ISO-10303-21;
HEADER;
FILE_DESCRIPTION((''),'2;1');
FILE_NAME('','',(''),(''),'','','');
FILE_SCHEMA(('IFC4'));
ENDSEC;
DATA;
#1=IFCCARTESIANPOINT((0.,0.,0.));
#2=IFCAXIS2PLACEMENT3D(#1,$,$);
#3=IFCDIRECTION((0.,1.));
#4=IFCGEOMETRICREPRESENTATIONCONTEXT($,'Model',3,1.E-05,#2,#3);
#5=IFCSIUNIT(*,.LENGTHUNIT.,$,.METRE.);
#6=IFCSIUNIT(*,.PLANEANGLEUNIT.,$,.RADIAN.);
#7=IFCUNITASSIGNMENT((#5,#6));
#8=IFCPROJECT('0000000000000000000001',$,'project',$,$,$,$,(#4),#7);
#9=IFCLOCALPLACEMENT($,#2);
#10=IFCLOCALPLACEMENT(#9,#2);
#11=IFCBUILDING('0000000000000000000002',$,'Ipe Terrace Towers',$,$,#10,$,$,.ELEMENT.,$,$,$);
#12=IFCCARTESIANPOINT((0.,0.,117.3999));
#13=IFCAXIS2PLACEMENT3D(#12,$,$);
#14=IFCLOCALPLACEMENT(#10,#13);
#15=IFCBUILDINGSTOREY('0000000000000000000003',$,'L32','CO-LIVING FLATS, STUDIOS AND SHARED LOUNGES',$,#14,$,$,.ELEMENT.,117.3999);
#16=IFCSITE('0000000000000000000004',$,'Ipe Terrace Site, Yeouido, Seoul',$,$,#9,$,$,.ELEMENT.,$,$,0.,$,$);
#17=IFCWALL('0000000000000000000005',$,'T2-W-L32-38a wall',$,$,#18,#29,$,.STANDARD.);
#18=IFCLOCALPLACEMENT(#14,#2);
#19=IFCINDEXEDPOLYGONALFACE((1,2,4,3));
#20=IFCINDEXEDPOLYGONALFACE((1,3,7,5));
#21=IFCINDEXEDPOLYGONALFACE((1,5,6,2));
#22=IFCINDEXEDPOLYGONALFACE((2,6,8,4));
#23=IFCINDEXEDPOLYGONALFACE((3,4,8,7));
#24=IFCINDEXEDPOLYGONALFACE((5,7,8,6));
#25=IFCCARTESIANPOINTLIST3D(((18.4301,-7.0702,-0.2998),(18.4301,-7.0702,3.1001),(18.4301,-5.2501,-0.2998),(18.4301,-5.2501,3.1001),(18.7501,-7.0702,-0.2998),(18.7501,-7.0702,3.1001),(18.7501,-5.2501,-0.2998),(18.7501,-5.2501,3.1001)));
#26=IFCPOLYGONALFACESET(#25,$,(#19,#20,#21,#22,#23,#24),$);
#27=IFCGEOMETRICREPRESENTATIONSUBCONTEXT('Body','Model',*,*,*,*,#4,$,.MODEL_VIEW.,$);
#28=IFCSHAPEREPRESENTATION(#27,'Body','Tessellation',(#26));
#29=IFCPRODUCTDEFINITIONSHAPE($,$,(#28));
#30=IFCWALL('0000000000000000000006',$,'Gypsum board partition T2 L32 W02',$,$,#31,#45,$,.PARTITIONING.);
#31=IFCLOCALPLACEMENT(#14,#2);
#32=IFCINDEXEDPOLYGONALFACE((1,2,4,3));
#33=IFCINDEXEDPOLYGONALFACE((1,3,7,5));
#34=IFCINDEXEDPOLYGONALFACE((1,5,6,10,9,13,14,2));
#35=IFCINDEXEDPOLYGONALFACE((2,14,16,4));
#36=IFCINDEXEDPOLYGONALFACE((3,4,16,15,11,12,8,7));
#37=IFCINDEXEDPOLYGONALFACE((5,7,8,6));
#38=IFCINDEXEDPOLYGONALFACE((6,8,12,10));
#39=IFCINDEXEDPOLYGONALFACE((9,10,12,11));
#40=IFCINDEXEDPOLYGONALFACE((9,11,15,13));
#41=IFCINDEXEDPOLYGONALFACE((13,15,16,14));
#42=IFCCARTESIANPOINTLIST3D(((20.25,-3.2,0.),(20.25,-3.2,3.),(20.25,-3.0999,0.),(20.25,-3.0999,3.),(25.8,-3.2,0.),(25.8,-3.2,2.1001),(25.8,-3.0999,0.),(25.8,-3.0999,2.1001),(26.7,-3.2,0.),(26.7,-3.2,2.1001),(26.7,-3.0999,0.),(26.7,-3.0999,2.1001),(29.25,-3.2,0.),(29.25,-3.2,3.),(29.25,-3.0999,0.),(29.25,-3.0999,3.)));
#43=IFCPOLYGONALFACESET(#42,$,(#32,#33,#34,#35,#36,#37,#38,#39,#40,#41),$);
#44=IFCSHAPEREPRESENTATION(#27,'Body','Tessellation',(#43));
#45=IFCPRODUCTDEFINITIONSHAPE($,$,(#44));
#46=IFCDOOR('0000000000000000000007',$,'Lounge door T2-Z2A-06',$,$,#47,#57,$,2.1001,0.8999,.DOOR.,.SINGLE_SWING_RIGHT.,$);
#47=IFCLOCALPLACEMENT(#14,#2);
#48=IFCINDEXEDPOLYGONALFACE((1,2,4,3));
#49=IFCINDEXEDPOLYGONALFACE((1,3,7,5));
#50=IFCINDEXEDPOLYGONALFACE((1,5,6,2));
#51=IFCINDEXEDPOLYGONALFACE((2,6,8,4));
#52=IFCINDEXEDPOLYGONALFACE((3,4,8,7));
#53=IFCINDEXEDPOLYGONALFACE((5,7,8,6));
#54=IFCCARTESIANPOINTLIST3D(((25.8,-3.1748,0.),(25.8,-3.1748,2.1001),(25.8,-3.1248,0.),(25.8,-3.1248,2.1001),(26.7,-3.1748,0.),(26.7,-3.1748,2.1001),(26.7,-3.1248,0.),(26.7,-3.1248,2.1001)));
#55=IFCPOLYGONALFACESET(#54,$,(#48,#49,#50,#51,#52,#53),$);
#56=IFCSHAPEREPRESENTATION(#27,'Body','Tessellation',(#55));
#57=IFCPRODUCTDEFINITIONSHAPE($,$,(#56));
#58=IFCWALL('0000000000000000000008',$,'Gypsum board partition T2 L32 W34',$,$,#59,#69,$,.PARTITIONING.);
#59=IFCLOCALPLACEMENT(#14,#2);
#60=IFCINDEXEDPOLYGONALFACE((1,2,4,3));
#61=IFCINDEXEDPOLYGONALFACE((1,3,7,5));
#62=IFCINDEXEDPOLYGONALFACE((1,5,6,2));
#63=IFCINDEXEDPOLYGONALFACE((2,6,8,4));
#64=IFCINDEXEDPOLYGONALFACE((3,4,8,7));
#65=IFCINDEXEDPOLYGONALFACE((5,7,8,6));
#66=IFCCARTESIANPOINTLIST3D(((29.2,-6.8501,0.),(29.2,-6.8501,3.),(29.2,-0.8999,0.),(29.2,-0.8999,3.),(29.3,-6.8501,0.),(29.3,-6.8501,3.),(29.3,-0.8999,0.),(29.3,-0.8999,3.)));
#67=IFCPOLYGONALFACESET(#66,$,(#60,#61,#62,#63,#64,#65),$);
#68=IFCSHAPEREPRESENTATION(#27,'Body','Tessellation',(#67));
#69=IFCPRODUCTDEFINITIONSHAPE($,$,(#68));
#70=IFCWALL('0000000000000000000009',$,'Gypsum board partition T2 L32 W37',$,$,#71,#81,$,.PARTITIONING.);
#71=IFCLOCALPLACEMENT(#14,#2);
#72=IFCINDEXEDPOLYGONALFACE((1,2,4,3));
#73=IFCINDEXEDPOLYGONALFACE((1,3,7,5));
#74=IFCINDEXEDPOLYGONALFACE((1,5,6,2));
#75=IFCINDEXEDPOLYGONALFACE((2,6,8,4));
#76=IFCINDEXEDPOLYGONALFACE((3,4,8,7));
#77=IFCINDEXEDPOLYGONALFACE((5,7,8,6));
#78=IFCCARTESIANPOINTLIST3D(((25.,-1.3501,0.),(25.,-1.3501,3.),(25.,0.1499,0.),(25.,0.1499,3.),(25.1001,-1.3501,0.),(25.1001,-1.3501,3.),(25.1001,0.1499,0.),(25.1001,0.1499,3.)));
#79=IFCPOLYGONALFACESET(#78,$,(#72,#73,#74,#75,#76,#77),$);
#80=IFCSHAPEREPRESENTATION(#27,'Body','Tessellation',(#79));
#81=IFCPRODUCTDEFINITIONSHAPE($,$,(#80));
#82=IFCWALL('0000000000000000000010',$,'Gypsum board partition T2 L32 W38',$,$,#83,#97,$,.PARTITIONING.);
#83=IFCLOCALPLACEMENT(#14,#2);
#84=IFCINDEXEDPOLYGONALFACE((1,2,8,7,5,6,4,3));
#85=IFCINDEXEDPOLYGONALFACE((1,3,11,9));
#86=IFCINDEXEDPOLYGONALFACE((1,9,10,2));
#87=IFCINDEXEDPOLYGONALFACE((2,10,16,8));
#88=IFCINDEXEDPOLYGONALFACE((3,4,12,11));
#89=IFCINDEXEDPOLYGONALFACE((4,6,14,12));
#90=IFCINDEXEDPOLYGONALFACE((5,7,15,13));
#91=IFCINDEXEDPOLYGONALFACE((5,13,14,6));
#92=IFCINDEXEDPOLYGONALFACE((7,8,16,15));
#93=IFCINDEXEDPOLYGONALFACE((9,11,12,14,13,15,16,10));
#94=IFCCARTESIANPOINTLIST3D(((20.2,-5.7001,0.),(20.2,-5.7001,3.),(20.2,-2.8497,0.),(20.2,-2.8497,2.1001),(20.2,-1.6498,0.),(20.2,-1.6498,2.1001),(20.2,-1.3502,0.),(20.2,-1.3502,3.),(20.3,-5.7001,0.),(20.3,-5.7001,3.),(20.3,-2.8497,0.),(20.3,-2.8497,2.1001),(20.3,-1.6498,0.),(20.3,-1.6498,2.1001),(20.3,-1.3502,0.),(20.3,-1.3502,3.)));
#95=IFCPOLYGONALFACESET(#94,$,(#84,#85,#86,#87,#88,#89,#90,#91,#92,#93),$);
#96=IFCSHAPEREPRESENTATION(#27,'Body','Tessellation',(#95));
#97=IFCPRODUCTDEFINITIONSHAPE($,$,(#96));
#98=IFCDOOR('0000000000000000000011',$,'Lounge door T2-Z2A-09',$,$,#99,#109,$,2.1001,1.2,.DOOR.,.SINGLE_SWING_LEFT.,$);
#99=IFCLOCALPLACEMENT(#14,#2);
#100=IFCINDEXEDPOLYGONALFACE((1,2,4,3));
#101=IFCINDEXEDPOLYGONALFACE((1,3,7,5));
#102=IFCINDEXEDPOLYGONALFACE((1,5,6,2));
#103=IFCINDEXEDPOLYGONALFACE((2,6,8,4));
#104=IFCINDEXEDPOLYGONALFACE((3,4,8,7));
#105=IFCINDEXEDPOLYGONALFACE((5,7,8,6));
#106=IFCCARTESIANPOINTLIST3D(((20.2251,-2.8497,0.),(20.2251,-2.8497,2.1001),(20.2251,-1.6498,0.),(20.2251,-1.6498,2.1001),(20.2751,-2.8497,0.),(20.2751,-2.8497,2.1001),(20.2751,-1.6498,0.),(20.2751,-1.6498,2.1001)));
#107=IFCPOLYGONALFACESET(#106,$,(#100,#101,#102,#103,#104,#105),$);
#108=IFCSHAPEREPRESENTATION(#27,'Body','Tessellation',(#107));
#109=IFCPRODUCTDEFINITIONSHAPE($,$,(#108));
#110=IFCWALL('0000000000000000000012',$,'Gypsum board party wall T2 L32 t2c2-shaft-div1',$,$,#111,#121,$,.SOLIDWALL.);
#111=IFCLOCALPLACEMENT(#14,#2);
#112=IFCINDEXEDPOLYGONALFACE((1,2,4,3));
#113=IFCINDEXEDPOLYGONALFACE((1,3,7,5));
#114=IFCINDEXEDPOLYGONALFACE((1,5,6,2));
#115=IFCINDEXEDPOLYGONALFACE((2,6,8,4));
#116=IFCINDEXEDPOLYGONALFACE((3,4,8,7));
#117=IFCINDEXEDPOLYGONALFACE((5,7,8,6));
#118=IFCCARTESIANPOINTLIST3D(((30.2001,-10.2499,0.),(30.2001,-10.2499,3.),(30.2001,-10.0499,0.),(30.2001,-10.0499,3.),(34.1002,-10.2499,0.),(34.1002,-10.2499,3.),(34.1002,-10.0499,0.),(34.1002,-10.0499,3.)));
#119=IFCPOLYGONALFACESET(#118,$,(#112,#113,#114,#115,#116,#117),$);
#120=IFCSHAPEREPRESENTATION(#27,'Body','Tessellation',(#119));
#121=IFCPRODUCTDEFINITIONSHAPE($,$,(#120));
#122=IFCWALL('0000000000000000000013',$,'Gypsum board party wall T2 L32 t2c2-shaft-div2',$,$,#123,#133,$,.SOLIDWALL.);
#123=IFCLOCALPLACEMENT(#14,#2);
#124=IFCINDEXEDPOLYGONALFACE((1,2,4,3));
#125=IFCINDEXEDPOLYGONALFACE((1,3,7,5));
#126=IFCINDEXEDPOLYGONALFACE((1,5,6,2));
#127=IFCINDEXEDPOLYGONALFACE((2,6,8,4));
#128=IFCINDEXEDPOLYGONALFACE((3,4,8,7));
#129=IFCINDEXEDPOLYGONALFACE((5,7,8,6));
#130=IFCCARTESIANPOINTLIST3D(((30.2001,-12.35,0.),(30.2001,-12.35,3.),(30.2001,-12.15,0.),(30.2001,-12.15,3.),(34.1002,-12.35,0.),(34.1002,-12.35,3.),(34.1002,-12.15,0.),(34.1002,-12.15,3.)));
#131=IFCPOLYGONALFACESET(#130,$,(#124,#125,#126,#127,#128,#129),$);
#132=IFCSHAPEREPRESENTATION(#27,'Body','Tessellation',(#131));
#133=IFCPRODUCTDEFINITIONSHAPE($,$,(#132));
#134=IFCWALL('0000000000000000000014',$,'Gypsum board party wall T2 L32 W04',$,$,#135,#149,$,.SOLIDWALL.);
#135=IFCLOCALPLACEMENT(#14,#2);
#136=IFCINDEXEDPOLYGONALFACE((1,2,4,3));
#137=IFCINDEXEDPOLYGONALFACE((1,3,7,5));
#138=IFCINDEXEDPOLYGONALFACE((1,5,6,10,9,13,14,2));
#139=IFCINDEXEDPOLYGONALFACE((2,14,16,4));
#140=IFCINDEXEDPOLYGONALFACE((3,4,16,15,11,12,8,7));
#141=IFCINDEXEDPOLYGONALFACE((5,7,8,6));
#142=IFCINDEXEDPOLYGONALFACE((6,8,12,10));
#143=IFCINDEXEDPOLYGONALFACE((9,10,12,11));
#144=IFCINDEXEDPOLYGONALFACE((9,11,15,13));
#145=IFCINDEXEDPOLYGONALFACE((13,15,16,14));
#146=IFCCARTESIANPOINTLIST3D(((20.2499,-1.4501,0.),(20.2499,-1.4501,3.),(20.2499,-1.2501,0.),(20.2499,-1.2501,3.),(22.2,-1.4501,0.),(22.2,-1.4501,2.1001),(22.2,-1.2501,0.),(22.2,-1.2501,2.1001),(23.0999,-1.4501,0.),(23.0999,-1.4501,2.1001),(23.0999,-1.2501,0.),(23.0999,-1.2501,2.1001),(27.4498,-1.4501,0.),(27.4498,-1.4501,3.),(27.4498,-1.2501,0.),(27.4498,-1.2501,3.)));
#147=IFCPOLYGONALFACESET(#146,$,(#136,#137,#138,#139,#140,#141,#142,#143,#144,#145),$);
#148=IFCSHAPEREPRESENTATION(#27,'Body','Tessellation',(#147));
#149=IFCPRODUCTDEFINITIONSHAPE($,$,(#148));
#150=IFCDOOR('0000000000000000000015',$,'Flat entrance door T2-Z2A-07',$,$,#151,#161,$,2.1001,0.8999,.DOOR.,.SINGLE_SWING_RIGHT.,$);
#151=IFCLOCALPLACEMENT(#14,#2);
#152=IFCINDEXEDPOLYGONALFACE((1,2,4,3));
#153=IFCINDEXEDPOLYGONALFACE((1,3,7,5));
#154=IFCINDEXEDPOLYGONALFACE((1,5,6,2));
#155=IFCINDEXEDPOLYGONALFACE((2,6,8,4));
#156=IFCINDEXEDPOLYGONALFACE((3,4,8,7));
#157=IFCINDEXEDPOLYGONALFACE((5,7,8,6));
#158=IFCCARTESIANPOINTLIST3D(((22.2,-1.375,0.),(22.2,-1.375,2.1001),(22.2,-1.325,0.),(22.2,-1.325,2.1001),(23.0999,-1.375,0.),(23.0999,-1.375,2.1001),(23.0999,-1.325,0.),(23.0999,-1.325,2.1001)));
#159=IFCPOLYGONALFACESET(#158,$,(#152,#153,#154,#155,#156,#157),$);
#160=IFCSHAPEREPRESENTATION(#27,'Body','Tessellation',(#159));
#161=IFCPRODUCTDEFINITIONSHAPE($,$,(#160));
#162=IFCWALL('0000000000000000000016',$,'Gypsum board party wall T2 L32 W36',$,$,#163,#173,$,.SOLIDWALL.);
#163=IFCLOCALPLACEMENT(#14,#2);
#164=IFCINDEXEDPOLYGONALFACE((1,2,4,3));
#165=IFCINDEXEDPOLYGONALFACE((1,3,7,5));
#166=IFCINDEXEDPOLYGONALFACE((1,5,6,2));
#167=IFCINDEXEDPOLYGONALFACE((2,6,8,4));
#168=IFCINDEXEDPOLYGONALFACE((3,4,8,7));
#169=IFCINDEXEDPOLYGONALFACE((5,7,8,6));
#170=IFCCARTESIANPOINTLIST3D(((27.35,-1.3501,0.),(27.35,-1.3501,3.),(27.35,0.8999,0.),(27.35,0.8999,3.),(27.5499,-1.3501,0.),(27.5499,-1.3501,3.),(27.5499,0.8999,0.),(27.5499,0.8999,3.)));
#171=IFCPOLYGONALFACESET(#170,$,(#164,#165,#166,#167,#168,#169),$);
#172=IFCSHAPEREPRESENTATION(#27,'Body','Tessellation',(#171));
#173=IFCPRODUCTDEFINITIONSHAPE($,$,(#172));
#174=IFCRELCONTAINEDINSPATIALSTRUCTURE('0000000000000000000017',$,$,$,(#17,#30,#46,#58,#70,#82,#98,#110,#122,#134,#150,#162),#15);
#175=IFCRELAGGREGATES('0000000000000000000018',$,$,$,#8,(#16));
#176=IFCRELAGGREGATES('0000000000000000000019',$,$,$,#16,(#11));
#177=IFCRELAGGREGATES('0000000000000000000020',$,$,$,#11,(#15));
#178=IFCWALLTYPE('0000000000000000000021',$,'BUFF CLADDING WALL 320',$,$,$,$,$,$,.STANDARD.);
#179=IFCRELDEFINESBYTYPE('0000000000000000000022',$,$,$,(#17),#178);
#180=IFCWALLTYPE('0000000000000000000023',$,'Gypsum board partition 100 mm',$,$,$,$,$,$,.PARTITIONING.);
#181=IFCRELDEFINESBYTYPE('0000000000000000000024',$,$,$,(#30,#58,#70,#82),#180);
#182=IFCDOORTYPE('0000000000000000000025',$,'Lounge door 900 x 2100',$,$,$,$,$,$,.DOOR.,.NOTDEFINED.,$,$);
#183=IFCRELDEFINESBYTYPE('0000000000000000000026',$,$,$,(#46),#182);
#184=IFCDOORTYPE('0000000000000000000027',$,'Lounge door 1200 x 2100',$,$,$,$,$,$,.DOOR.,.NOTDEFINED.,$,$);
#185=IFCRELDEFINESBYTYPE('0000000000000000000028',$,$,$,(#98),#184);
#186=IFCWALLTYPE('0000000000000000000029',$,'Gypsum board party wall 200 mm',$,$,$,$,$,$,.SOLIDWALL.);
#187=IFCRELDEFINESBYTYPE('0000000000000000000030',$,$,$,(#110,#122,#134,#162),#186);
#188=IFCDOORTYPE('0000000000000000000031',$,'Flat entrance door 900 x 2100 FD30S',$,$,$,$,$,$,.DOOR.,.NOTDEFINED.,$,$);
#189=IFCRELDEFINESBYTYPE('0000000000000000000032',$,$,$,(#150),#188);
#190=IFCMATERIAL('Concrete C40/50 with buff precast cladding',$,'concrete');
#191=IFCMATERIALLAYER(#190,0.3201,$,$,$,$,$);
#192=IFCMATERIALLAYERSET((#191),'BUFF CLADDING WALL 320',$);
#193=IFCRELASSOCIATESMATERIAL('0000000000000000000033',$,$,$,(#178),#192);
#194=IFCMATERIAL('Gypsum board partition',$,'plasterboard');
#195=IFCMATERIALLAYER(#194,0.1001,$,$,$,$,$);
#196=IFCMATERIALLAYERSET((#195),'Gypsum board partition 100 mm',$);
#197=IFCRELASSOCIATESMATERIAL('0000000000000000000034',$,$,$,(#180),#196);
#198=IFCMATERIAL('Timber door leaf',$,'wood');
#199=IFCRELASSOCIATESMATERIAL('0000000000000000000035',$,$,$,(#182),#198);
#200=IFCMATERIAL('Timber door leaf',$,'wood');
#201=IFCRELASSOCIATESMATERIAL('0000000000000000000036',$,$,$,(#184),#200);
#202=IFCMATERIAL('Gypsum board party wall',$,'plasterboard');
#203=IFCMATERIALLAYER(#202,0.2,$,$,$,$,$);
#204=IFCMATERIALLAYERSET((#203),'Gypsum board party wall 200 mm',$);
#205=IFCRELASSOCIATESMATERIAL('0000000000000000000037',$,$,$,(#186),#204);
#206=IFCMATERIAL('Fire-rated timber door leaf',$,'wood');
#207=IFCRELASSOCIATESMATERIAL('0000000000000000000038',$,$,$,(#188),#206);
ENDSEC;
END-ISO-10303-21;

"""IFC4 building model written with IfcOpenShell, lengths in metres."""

from ifc_helpers import new_model, si_unit, direction, frame, frame_2d, origin, place, context, subcontext, project, spatial, rectangle, extrude, material, layer, layer_set, type_object, element, fill, save


model = new_model("IFC4")

# Units and contexts
model_context = context("Model", 3, precision=1e-05, world=origin(), true_north=direction((0.0, 1.0)))
body_context = subcontext(model_context, "Body", "Model", "MODEL_VIEW")
ifc_project = project(units=[si_unit("LENGTHUNIT", "METRE"), si_unit("PLANEANGLEUNIT", "RADIAN")], contexts=[model_context])

# Site, building, storey
site_placement = place(None, origin())
site = spatial("IfcSite", under=ifc_project, at=site_placement, Name="Ipe Terrace Site, Yeouido, Seoul", CompositionType="ELEMENT", RefElevation=0.0)
building_placement = place(site_placement, origin())
building = spatial("IfcBuilding", under=site, at=building_placement, Name="Ipe Terrace Towers", CompositionType="ELEMENT")
storey_placement = place(building_placement, frame((0.0, 0.0, 117.3999)))
storey = spatial("IfcBuildingStorey", under=building, at=storey_placement, Name="L32", Description="CO-LIVING FLATS, STUDIOS AND SHARED LOUNGES", CompositionType="ELEMENT", Elevation=117.3999)

# Wall
ifc_material_1 = material(Name="Concrete C40/50 with buff precast cladding", Category="concrete")
ifc_layer_1 = layer(ifc_material_1, 0.3201)
ifc_layer_set_1 = layer_set([ifc_layer_1], Name="BUFF CLADDING WALL 320")
wall_type_1 = type_object("IfcWallType", Name="BUFF CLADDING WALL 320", PredefinedType="STANDARD", material=ifc_layer_set_1)
wall_1_placement = place(storey_placement, frame((18.5901, -5.25, -0.2998), z_axis=(0.0, 0.0, 1.0), x_axis=(0.0, -1.0, 0.0)))
element("IfcWall", 1, at=wall_1_placement, inside=storey, type_object=wall_type_1, Name="T2-W-L32-38a wall", PredefinedType="STANDARD", context=body_context, shape_type="SweptSolid", body=[
    extrude(rectangle(XDim=1.8201, YDim=0.3201, at=frame_2d((0.9102, 0.0))), origin(), (0.0, 0.0, 1.0), 3.3999),
])

# Wall, opening, door
ifc_material_2 = material(Name="Gypsum board partition", Category="plasterboard")
ifc_layer_2 = layer(ifc_material_2, 0.1001)
ifc_layer_set_2 = layer_set([ifc_layer_2], Name="Gypsum board partition 100 mm")
wall_type_2 = type_object("IfcWallType", Name="Gypsum board partition 100 mm", PredefinedType="PARTITIONING", material=ifc_layer_set_2)
wall_2_placement = place(storey_placement, frame((29.25, -3.1499, 0.0), z_axis=(0.0, 0.0, 1.0), x_axis=(-1.0, 0.0, 0.0)))
wall_2 = element("IfcWall", 2, at=wall_2_placement, inside=storey, type_object=wall_type_2, Name="Gypsum board partition T2 L32 W02", PredefinedType="PARTITIONING", context=body_context, shape_type="SweptSolid", body=[
    extrude(rectangle(XDim=9.0, YDim=0.1001, at=frame_2d((4.5, 0.0))), origin(), (0.0, 0.0, 1.0), 3.0),
])
opening_1_placement = place(wall_2_placement, frame((2.55, 0.0, 0.0)))
opening_1 = element("IfcOpeningElement", 3, at=opening_1_placement, cuts=wall_2, PredefinedType="OPENING", context=body_context, shape_type="SweptSolid", body=[
    extrude(rectangle(XDim=0.8999, YDim=2.1001, at=frame_2d((0.45, 1.05))), frame((0.0, 0.0601, 0.0), z_axis=(0.0, -1.0, 0.0), x_axis=(1.0, 0.0, 0.0)), (0.0, 0.0, 1.0), 0.1201),
])
ifc_material_3 = material(Name="Timber door leaf", Category="wood")
door_type_1 = type_object("IfcDoorType", Name="Lounge door 900 x 2100", OperationType="NOTDEFINED", PredefinedType="DOOR", material=ifc_material_3)
door_1_placement = place(opening_1_placement, origin())
door_1 = element("IfcDoor", 4, at=door_1_placement, inside=storey, type_object=door_type_1, Name="Lounge door T2-Z2A-06", OperationType="SINGLE_SWING_RIGHT", OverallHeight=2.1001, OverallWidth=0.8999, PredefinedType="DOOR", context=body_context, shape_type="SweptSolid", body=[
    extrude(rectangle(XDim=0.8999, YDim=2.1001, at=frame_2d((0.45, 1.05))), frame((0.0, 0.0249, 0.0), z_axis=(0.0, -1.0, 0.0), x_axis=(1.0, 0.0, 0.0)), (0.0, 0.0, 1.0), 0.05),
])
fill(opening_1, door_1)

# Walls
wall_3_placement = place(storey_placement, frame((29.25, -6.8501, 0.0), z_axis=(0.0, 0.0, 1.0), x_axis=(0.0, 1.0, 0.0)))
element("IfcWall", 5, at=wall_3_placement, inside=storey, type_object=wall_type_2, Name="Gypsum board partition T2 L32 W34", PredefinedType="PARTITIONING", context=body_context, shape_type="SweptSolid", body=[
    extrude(rectangle(XDim=5.9502, YDim=0.1001, at=frame_2d((2.9751, 0.0))), origin(), (0.0, 0.0, 1.0), 3.0),
])
wall_4_placement = place(storey_placement, frame((25.05, -1.3501, 0.0), z_axis=(0.0, 0.0, 1.0), x_axis=(0.0, 1.0, 0.0)))
element("IfcWall", 6, at=wall_4_placement, inside=storey, type_object=wall_type_2, Name="Gypsum board partition T2 L32 W37", PredefinedType="PARTITIONING", context=body_context, shape_type="SweptSolid", body=[
    extrude(rectangle(XDim=1.5, YDim=0.1001, at=frame_2d((0.75, 0.0))), origin(), (0.0, 0.0, 1.0), 3.0),
])

# Wall, opening, door
wall_5_placement = place(storey_placement, frame((20.25, -5.7, 0.0), z_axis=(0.0, 0.0, 1.0), x_axis=(0.0, 1.0, 0.0)))
wall_5 = element("IfcWall", 7, at=wall_5_placement, inside=storey, type_object=wall_type_2, Name="Gypsum board partition T2 L32 W38", PredefinedType="PARTITIONING", context=body_context, shape_type="SweptSolid", body=[
    extrude(rectangle(XDim=4.3499, YDim=0.1001, at=frame_2d((2.1748, 0.0))), origin(), (0.0, 0.0, 1.0), 3.0),
])
opening_2_placement = place(wall_5_placement, frame((2.8501, 0.0, 0.0)))
opening_2 = element("IfcOpeningElement", 8, at=opening_2_placement, cuts=wall_5, PredefinedType="OPENING", context=body_context, shape_type="SweptSolid", body=[
    extrude(rectangle(XDim=1.2, YDim=2.1001, at=frame_2d((0.6001, 1.05))), frame((0.0, 0.0601, 0.0), z_axis=(0.0, -1.0, 0.0), x_axis=(1.0, 0.0, 0.0)), (0.0, 0.0, 1.0), 0.1201),
])
ifc_material_4 = material(Name="Timber door leaf", Category="wood")
door_type_2 = type_object("IfcDoorType", Name="Lounge door 1200 x 2100", OperationType="NOTDEFINED", PredefinedType="DOOR", material=ifc_material_4)
door_2_placement = place(opening_2_placement, origin())
door_2 = element("IfcDoor", 9, at=door_2_placement, inside=storey, type_object=door_type_2, Name="Lounge door T2-Z2A-09", OperationType="SINGLE_SWING_LEFT", OverallHeight=2.1001, OverallWidth=1.2, PredefinedType="DOOR", context=body_context, shape_type="SweptSolid", body=[
    extrude(rectangle(XDim=1.2, YDim=2.1001, at=frame_2d((0.6001, 1.05))), frame((0.0, 0.0249, 0.0), z_axis=(0.0, -1.0, 0.0), x_axis=(1.0, 0.0, 0.0)), (0.0, 0.0, 1.0), 0.05),
])
fill(opening_2, door_2)

# Walls
ifc_material_5 = material(Name="Gypsum board party wall", Category="plasterboard")
ifc_layer_3 = layer(ifc_material_5, 0.2)
ifc_layer_set_3 = layer_set([ifc_layer_3], Name="Gypsum board party wall 200 mm")
wall_type_3 = type_object("IfcWallType", Name="Gypsum board party wall 200 mm", PredefinedType="SOLIDWALL", material=ifc_layer_set_3)
for number, where, z_axis, x_axis, name in (
    (10, (30.2, -10.1499, 0.0), (0.0, 0.0, 1.0), (1.0, 0.0, 0.0), "Gypsum board party wall T2 L32 t2c2-shaft-div1"),
    (11, (30.2, -12.25, 0.0), (0.0, 0.0, 1.0), (1.0, 0.0, 0.0), "Gypsum board party wall T2 L32 t2c2-shaft-div2"),
):
    element("IfcWall", number, at=place(storey_placement, frame(where, z_axis=z_axis, x_axis=x_axis)), inside=storey, type_object=wall_type_3, Name=name, PredefinedType="SOLIDWALL", context=body_context, shape_type="SweptSolid", body=[
        extrude(rectangle(XDim=3.9001, YDim=0.2, at=frame_2d((1.9502, 0.0))), origin(), (0.0, 0.0, 1.0), 3.0),
    ])

# Wall, opening, door
wall_6_placement = place(storey_placement, frame((27.45, -1.3501, 0.0), z_axis=(0.0, 0.0, 1.0), x_axis=(-1.0, 0.0, 0.0)))
wall_6 = element("IfcWall", 12, at=wall_6_placement, inside=storey, type_object=wall_type_3, Name="Gypsum board party wall T2 L32 W04", PredefinedType="SOLIDWALL", context=body_context, shape_type="SweptSolid", body=[
    extrude(rectangle(XDim=7.2, YDim=0.2, at=frame_2d((3.6001, 0.0))), origin(), (0.0, 0.0, 1.0), 3.0),
])
opening_3_placement = place(wall_6_placement, frame((4.3501, 0.0, 0.0)))
opening_3 = element("IfcOpeningElement", 13, at=opening_3_placement, cuts=wall_6, PredefinedType="OPENING", context=body_context, shape_type="SweptSolid", body=[
    extrude(rectangle(XDim=0.8999, YDim=2.1001, at=frame_2d((0.45, 1.05))), frame((0.0, 0.1099, 0.0), z_axis=(0.0, -1.0, 0.0), x_axis=(1.0, 0.0, 0.0)), (0.0, 0.0, 1.0), 0.22),
])
ifc_material_6 = material(Name="Fire-rated timber door leaf", Category="wood")
door_type_3 = type_object("IfcDoorType", Name="Flat entrance door 900 x 2100 FD30S", OperationType="NOTDEFINED", PredefinedType="DOOR", material=ifc_material_6)
door_3_placement = place(opening_3_placement, origin())
door_3 = element("IfcDoor", 14, at=door_3_placement, inside=storey, type_object=door_type_3, Name="Flat entrance door T2-Z2A-07", OperationType="SINGLE_SWING_RIGHT", OverallHeight=2.1001, OverallWidth=0.8999, PredefinedType="DOOR", context=body_context, shape_type="SweptSolid", body=[
    extrude(rectangle(XDim=0.8999, YDim=2.1001, at=frame_2d((0.45, 1.05))), frame((0.0, 0.0249, 0.0), z_axis=(0.0, -1.0, 0.0), x_axis=(1.0, 0.0, 0.0)), (0.0, 0.0, 1.0), 0.05),
])
fill(opening_3, door_3)

# Wall
wall_7_placement = place(storey_placement, frame((27.45, -1.3501, 0.0), z_axis=(0.0, 0.0, 1.0), x_axis=(0.0, 1.0, 0.0)))
element("IfcWall", 15, at=wall_7_placement, inside=storey, type_object=wall_type_3, Name="Gypsum board party wall T2 L32 W36", PredefinedType="SOLIDWALL", context=body_context, shape_type="SweptSolid", body=[
    extrude(rectangle(XDim=2.25, YDim=0.2, at=frame_2d((1.125, 0.0))), origin(), (0.0, 0.0, 1.0), 3.0),
])

save(model, "model.ifc")
